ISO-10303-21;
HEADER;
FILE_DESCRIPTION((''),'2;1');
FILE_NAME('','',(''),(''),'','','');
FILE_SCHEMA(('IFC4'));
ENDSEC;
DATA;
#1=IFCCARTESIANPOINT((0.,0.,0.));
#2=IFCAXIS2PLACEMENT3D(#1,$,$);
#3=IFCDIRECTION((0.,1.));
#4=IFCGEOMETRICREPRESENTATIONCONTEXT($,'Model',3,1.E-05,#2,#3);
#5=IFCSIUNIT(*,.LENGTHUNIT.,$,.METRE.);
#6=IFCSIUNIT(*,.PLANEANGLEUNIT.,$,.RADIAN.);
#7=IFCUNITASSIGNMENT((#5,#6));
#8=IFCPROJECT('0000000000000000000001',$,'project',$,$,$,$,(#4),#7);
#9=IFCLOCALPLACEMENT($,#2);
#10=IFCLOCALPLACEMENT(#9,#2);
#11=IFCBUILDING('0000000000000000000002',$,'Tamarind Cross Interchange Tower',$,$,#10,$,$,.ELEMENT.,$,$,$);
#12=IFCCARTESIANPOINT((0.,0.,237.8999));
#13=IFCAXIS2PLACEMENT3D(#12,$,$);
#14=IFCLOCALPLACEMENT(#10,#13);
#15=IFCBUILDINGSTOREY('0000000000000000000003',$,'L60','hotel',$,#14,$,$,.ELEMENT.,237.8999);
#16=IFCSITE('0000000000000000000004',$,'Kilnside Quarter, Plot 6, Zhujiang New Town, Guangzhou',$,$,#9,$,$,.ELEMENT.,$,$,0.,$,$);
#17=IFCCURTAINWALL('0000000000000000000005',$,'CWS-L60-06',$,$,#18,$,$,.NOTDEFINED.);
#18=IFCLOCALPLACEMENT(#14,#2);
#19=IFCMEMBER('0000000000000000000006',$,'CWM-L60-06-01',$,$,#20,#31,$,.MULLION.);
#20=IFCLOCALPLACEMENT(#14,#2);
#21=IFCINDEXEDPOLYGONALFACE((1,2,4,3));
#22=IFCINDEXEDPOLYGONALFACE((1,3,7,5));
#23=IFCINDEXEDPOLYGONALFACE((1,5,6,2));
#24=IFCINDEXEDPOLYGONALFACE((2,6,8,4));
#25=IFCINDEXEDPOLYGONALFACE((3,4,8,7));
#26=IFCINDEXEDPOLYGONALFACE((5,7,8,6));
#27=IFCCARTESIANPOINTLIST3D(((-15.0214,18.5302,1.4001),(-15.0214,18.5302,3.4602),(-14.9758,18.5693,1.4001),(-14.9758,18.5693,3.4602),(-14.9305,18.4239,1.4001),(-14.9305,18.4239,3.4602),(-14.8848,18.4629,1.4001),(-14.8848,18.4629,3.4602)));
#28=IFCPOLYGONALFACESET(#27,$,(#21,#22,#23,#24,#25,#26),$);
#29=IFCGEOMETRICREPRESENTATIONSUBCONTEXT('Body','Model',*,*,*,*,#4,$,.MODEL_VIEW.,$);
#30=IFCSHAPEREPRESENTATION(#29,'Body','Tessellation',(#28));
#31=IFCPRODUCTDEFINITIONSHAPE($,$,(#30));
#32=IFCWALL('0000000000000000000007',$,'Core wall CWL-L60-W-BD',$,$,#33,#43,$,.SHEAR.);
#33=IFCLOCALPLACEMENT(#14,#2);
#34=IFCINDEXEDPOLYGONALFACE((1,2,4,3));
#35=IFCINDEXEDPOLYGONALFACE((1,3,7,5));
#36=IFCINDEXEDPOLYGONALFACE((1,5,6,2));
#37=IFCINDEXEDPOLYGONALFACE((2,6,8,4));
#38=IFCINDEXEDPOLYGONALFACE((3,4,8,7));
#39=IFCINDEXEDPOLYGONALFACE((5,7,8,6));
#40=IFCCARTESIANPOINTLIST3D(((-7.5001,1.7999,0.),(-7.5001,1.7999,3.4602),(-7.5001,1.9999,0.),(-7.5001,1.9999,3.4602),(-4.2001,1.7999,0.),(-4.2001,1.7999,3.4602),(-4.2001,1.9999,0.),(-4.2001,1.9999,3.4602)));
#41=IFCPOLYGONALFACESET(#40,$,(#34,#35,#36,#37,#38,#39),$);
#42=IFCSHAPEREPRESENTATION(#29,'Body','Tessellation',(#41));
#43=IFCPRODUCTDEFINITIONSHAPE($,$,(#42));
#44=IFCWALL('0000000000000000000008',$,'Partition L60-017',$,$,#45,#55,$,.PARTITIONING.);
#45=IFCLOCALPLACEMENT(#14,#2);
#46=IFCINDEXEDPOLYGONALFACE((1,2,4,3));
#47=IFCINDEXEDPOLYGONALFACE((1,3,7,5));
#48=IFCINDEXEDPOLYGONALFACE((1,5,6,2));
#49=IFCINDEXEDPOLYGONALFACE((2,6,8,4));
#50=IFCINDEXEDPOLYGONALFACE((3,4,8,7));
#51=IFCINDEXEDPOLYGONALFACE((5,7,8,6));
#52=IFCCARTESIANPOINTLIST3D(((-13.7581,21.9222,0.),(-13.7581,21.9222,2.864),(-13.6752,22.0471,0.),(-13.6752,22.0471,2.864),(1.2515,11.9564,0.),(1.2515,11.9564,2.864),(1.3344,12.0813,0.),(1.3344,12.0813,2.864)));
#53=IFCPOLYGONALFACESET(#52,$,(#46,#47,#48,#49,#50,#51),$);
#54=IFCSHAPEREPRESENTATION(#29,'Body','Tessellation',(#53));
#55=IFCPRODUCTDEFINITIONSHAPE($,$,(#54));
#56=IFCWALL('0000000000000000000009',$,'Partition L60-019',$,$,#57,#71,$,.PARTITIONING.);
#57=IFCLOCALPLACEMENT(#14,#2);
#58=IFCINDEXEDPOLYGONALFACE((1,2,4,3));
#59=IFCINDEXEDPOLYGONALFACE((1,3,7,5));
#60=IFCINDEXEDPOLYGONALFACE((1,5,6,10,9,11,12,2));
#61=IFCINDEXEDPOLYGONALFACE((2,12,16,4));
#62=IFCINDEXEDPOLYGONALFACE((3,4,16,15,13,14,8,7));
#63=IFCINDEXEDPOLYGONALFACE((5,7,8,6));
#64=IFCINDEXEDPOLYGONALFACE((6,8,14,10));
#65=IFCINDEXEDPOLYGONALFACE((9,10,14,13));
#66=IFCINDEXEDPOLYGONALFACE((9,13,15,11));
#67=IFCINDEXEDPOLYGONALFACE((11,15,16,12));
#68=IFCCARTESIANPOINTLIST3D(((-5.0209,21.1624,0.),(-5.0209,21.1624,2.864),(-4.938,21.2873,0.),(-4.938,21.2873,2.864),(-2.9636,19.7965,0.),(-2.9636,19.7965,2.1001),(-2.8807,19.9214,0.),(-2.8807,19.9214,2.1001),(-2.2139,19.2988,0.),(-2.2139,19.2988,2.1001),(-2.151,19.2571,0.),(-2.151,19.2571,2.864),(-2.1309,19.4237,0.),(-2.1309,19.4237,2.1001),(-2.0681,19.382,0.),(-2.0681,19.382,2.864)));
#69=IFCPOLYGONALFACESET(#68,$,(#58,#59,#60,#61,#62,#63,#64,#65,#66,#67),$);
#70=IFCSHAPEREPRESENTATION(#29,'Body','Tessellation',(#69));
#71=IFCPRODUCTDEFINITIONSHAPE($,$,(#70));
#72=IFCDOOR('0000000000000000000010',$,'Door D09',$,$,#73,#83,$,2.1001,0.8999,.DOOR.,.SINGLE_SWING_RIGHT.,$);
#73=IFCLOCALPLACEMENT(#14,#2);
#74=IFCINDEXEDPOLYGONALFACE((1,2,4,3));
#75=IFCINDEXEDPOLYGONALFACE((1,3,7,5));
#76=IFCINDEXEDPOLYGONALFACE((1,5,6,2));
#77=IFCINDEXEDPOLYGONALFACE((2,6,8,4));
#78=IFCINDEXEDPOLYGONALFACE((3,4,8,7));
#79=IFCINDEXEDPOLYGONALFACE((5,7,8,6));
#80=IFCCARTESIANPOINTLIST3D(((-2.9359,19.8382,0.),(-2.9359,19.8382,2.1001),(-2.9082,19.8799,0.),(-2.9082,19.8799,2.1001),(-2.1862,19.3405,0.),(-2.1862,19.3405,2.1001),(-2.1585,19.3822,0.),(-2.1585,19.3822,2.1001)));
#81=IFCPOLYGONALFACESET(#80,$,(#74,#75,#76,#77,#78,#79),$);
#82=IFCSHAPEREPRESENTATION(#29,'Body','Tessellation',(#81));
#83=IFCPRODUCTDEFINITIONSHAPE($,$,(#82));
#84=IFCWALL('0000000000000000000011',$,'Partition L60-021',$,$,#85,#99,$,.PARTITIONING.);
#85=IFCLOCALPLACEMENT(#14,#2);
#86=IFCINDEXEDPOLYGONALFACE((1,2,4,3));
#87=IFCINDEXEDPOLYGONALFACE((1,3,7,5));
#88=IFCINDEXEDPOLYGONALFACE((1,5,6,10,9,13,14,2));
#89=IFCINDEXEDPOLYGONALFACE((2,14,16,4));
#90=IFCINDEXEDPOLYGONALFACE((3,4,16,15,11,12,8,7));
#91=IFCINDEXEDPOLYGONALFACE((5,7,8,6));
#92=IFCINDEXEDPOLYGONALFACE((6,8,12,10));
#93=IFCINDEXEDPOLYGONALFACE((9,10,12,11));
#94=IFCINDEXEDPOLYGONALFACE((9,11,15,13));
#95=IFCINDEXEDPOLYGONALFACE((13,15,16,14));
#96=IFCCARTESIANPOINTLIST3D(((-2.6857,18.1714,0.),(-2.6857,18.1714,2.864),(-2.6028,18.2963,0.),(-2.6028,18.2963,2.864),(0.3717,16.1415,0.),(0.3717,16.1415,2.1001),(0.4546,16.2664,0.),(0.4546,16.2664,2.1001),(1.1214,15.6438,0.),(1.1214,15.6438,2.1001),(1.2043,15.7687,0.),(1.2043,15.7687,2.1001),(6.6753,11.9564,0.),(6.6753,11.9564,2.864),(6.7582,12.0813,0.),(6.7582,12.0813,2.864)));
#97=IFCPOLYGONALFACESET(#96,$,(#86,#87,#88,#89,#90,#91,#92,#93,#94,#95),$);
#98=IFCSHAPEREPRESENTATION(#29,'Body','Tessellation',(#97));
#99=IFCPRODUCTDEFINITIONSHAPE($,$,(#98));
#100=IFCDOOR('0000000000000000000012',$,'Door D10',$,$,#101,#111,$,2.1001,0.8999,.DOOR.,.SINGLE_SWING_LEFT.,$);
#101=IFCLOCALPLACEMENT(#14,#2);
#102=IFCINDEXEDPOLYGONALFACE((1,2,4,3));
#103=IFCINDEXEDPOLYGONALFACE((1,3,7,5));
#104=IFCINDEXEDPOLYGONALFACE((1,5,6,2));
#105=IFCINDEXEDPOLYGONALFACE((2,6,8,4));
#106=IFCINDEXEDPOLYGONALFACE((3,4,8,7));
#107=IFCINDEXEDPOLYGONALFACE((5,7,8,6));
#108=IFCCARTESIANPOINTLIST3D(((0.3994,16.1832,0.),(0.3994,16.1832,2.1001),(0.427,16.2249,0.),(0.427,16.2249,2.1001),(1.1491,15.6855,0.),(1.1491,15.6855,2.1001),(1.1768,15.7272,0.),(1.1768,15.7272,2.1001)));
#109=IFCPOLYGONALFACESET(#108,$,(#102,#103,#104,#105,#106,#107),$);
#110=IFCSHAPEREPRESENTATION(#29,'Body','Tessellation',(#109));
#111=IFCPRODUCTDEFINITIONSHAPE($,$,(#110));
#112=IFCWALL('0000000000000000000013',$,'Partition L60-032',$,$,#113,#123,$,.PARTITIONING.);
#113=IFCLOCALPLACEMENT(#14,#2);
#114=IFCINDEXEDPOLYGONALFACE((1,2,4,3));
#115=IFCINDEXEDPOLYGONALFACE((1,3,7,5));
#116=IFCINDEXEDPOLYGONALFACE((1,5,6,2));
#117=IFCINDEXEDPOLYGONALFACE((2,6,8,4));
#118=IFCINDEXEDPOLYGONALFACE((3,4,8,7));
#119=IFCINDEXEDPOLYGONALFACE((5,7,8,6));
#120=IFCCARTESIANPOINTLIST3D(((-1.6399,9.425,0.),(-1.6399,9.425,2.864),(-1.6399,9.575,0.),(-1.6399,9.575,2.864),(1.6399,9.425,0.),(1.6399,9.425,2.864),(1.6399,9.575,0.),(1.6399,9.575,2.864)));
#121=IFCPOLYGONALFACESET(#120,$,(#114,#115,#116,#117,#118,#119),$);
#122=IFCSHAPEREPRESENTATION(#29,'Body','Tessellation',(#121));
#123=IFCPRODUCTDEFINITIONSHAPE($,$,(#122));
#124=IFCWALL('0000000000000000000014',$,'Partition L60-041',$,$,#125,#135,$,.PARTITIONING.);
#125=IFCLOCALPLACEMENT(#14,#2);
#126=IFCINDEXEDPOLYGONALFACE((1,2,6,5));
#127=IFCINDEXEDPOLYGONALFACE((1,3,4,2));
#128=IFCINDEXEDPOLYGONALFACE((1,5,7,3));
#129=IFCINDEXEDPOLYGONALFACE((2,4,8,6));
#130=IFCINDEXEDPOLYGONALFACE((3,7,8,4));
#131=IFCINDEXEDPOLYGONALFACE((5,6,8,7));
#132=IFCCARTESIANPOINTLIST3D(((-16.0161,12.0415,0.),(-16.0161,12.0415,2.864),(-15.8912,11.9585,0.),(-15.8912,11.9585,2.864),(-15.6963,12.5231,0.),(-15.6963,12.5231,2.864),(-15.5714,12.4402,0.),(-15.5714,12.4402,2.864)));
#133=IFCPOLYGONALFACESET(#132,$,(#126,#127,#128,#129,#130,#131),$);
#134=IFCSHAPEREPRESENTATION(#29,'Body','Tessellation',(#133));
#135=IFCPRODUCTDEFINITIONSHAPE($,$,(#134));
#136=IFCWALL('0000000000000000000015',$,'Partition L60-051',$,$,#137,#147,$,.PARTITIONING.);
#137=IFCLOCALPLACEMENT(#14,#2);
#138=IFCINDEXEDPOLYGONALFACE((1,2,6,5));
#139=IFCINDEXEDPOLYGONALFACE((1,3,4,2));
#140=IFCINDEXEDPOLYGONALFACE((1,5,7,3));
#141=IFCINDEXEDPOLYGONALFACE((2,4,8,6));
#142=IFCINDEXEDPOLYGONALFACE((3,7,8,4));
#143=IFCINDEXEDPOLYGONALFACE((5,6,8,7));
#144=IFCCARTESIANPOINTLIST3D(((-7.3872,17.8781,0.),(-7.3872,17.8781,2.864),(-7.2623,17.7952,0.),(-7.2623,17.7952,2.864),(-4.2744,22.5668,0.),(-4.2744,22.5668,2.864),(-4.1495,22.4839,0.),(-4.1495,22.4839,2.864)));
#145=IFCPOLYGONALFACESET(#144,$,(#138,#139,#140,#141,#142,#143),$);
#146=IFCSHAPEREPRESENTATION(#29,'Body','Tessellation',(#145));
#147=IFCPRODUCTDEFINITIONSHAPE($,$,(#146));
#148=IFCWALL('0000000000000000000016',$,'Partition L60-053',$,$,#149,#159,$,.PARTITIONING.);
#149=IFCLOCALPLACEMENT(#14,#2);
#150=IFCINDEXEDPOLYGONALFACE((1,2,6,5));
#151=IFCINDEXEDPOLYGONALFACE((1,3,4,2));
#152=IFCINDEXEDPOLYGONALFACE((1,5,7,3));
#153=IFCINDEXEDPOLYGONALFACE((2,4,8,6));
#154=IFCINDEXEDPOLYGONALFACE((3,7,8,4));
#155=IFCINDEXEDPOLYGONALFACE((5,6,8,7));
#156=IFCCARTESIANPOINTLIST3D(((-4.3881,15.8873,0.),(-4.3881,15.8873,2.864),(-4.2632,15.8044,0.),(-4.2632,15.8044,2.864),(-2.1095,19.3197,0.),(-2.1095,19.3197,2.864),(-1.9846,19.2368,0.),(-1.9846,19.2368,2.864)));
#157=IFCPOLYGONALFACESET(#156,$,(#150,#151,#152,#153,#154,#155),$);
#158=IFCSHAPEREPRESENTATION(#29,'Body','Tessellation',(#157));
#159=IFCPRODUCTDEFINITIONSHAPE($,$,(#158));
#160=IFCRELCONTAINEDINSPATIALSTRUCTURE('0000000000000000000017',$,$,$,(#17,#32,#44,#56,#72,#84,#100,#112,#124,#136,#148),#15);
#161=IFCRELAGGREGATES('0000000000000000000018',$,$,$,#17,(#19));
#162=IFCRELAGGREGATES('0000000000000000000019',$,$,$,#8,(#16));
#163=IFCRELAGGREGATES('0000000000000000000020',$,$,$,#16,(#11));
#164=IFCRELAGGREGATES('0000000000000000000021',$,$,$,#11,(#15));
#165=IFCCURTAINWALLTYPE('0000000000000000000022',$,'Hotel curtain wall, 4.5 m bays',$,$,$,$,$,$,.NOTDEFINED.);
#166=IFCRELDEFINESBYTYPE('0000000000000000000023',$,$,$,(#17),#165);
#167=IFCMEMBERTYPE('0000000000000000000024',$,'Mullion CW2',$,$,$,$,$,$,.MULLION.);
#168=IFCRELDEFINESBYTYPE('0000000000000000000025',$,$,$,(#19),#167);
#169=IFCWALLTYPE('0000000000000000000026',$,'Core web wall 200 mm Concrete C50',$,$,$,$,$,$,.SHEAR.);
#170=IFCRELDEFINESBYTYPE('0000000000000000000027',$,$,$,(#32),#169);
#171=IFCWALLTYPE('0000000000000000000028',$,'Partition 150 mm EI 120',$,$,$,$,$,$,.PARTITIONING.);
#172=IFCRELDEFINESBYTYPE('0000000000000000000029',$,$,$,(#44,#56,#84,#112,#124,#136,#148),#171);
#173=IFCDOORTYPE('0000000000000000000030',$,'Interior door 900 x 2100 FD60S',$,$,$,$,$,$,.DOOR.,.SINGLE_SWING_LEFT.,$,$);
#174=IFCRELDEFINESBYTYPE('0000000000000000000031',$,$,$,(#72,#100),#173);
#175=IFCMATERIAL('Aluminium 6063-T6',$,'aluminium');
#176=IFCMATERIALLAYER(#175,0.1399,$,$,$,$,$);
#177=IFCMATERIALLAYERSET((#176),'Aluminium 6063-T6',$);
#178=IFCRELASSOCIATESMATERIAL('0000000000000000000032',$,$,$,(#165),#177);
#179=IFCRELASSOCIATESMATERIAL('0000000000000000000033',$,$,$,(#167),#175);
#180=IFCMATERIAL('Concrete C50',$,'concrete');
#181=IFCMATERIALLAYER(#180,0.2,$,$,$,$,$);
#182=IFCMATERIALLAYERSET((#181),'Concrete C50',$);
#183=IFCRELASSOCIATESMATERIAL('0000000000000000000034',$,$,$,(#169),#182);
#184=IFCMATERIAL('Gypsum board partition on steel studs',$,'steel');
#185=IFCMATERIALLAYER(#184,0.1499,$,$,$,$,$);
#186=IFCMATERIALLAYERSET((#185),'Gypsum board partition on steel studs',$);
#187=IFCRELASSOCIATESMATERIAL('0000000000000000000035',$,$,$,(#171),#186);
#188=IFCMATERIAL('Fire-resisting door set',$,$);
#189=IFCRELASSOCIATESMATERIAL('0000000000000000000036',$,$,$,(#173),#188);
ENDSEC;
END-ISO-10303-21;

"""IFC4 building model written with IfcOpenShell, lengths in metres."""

from ifc_helpers import new_model, si_unit, direction, frame, frame_2d, origin, origin_2d, place, context, subcontext, project, spatial, rectangle, extrude, material, layer, layer_set, material_profile, profile_set, type_object, element, fill, aggregate, save


model = new_model("IFC4")

# Units and contexts
model_context = context("Model", 3, precision=1e-05, world=origin(), true_north=direction((0.0, 1.0)))
body_context = subcontext(model_context, "Body", "Model", "MODEL_VIEW")
ifc_project = project(units=[si_unit("LENGTHUNIT", "METRE"), si_unit("PLANEANGLEUNIT", "RADIAN")], contexts=[model_context])

# Site, building, storey
site_placement = place(None, origin())
site = spatial("IfcSite", under=ifc_project, at=site_placement, Name="Kilnside Quarter, Plot 6, Zhujiang New Town, Guangzhou", CompositionType="ELEMENT", RefElevation=0.0)
building_placement = place(site_placement, origin())
building = spatial("IfcBuilding", under=site, at=building_placement, Name="Tamarind Cross Interchange Tower", CompositionType="ELEMENT")
storey_placement = place(building_placement, frame((0.0, 0.0, 237.8999)))
storey = spatial("IfcBuildingStorey", under=building, at=storey_placement, Name="L60", Description="hotel", CompositionType="ELEMENT", Elevation=237.8999)

# Shared definitions
ifc_material_1 = material(Name="Concrete C50", Category="concrete")

# Curtain wall, member
ifc_material_2 = material(Name="Aluminium 6063-T6", Category="aluminium")
ifc_layer_1 = layer(ifc_material_2, 0.1399)
ifc_layer_set_1 = layer_set([ifc_layer_1], Name="Aluminium 6063-T6")
curtain_wall_type = type_object("IfcCurtainWallType", Name="Hotel curtain wall, 4.5 m bays", PredefinedType="NOTDEFINED", material=ifc_layer_set_1)
curtain_wall_placement = place(storey_placement, origin())
curtain_wall = element("IfcCurtainWall", 1, at=curtain_wall_placement, inside=storey, type_object=curtain_wall_type, Name="CWS-L60-06", PredefinedType="NOTDEFINED")
ifc_material_profile_1 = material_profile(ifc_material_2, rectangle(XDim=0.0601, YDim=0.1399, at=origin_2d()), Name="Mullion CW2")
ifc_profile_set_1 = profile_set([ifc_material_profile_1], Name="Aluminium 6063-T6")
member_type = type_object("IfcMemberType", Name="Mullion CW2", PredefinedType="MULLION", material=ifc_profile_set_1)
member_placement = place(storey_placement, frame((-14.9531, 18.4966, 1.4001), z_axis=(0.0, 0.0, 1.0), x_axis=(-0.760068, -0.649844, 0.0)))
member = element("IfcMember", 2, at=member_placement, type_object=member_type, Name="CWM-L60-06-01", PredefinedType="MULLION", context=body_context, shape_type="SweptSolid", body=[
    extrude(rectangle(XDim=0.0601, YDim=0.1399, at=origin_2d()), origin(), (0.0, 0.0, 1.0), 2.0601),
])
aggregate(curtain_wall, [member])

# Walls
ifc_layer_2 = layer(ifc_material_1, 0.2)
ifc_layer_set_2 = layer_set([ifc_layer_2], Name="Concrete C50")
wall_type_1 = type_object("IfcWallType", Name="Core web wall 200 mm Concrete C50", PredefinedType="SHEAR", material=ifc_layer_set_2)
wall_1_placement = place(storey_placement, frame((-7.5, 1.8999, 0.0), z_axis=(0.0, 0.0, 1.0), x_axis=(1.0, 0.0, 0.0)))
element("IfcWall", 3, at=wall_1_placement, inside=storey, type_object=wall_type_1, Name="Core wall CWL-L60-W-BD", PredefinedType="SHEAR", context=body_context, shape_type="SweptSolid", body=[
    extrude(rectangle(XDim=3.3, YDim=0.2, at=frame_2d((1.6499, 0.0))), origin(), (0.0, 0.0, 1.0), 3.4602),
])
ifc_material_3 = material(Name="Gypsum board partition on steel studs", Category="steel")
ifc_layer_3 = layer(ifc_material_3, 0.1499)
ifc_layer_set_3 = layer_set([ifc_layer_3], Name="Gypsum board partition on steel studs")
wall_type_2 = type_object("IfcWallType", Name="Partition 150 mm EI 120", PredefinedType="PARTITIONING", material=ifc_layer_set_3)
wall_2_placement = place(storey_placement, frame((-13.7166, 21.9846, 0.0), z_axis=(0.0, 0.0, 1.0), x_axis=(0.833087, -0.553142, 0.0)))
element("IfcWall", 4, at=wall_2_placement, inside=storey, type_object=wall_type_2, Name="Partition L60-017", PredefinedType="PARTITIONING", context=body_context, shape_type="SweptSolid", body=[
    extrude(rectangle(XDim=18.0168, YDim=0.1499, at=frame_2d((9.0083, 0.0))), origin(), (0.0, 0.0, 1.0), 2.864),
])

# Walls, openings, doors
wall_3_placement = place(storey_placement, frame((-4.9795, 21.2249, 0.0), z_axis=(0.0, 0.0, 1.0), x_axis=(0.833117, -0.553096, 0.0)))
wall_3 = element("IfcWall", 5, at=wall_3_placement, inside=storey, type_object=wall_type_2, Name="Partition L60-019", PredefinedType="PARTITIONING", context=body_context, shape_type="SweptSolid", body=[
    extrude(rectangle(XDim=3.4448, YDim=0.1499, at=frame_2d((1.7224, 0.0))), origin(), (0.0, 0.0, 1.0), 2.864),
])
opening_1_placement = place(wall_3_placement, frame((2.4695, 0.0, 0.0)))
opening_1 = element("IfcOpeningElement", 6, at=opening_1_placement, cuts=wall_3, PredefinedType="OPENING", context=body_context, shape_type="SweptSolid", body=[
    extrude(rectangle(XDim=0.8999, YDim=2.1001, at=frame_2d((0.45, 1.05))), frame((0.0, 0.085, 0.0), z_axis=(0.0, -1.0, 0.0), x_axis=(1.0, 0.0, 0.0)), (0.0, 0.0, 1.0), 0.1699),
])
ifc_material_4 = material(Name="Fire-resisting door set")
door_type_1 = type_object("IfcDoorType", Name="Interior door 900 x 2100 FD60S", OperationType="SINGLE_SWING_LEFT", PredefinedType="DOOR", material=ifc_material_4)
door_1_placement = place(opening_1_placement, frame((0.8999, 0.0, 0.0), z_axis=(0.0, 0.0, 1.0), x_axis=(-1.0, 0.0, 0.0)))
door_1 = element("IfcDoor", 7, at=door_1_placement, inside=storey, type_object=door_type_1, Name="Door D09", OperationType="SINGLE_SWING_RIGHT", OverallHeight=2.1001, OverallWidth=0.8999, PredefinedType="DOOR", context=body_context, shape_type="SweptSolid", body=[
    extrude(rectangle(XDim=0.8999, YDim=2.1001, at=frame_2d((0.45, 1.05))), frame((0.0, 0.0249, 0.0), z_axis=(0.0, -1.0, 0.0), x_axis=(1.0, 0.0, 0.0)), (0.0, 0.0, 1.0), 0.05),
])
fill(opening_1, door_1)
wall_4_placement = place(storey_placement, frame((-2.6443, 18.2339, 0.0), z_axis=(0.0, 0.0, 1.0), x_axis=(0.833102, -0.55312, 0.0)))
wall_4 = element("IfcWall", 8, at=wall_4_placement, inside=storey, type_object=wall_type_2, Name="Partition L60-021", PredefinedType="PARTITIONING", context=body_context, shape_type="SweptSolid", body=[
    extrude(rectangle(XDim=11.2363, YDim=0.1499, at=frame_2d((5.6182, 0.0))), origin(), (0.0, 0.0, 1.0), 2.864),
])
opening_2_placement = place(wall_4_placement, frame((3.6699, 0.0, 0.0)))
opening_2 = element("IfcOpeningElement", 9, at=opening_2_placement, cuts=wall_4, PredefinedType="OPENING", context=body_context, shape_type="SweptSolid", body=[
    extrude(rectangle(XDim=0.8999, YDim=2.1001, at=frame_2d((0.45, 1.05))), frame((0.0, 0.085, 0.0), z_axis=(0.0, -1.0, 0.0), x_axis=(1.0, 0.0, 0.0)), (0.0, 0.0, 1.0), 0.1699),
])
door_2_placement = place(opening_2_placement, frame((0.8999, 0.0, 0.0), z_axis=(0.0, 0.0, 1.0), x_axis=(-1.0, 0.0, 0.0)))
door_2 = element("IfcDoor", 10, at=door_2_placement, inside=storey, type_object=door_type_1, Name="Door D10", OperationType="SINGLE_SWING_LEFT", OverallHeight=2.1001, OverallWidth=0.8999, PredefinedType="DOOR", context=body_context, shape_type="SweptSolid", body=[
    extrude(rectangle(XDim=0.8999, YDim=2.1001, at=frame_2d((0.45, 1.05))), frame((0.0, 0.0249, 0.0), z_axis=(0.0, -1.0, 0.0), x_axis=(1.0, 0.0, 0.0)), (0.0, 0.0, 1.0), 0.05),
])
fill(opening_2, door_2)

# Walls
wall_5_placement = place(storey_placement, frame((-1.6399, 9.5, 0.0), z_axis=(0.0, 0.0, 1.0), x_axis=(1.0, 0.0, 0.0)))
element("IfcWall", 11, at=wall_5_placement, inside=storey, type_object=wall_type_2, Name="Partition L60-032", PredefinedType="PARTITIONING", context=body_context, shape_type="SweptSolid", body=[
    extrude(rectangle(XDim=3.2798, YDim=0.1499, at=frame_2d((1.6399, 0.0))), origin(), (0.0, 0.0, 1.0), 2.864),
])
wall_6_placement = place(storey_placement, frame((-15.9536, 12.0, 0.0), z_axis=(0.0, 0.0, 1.0), x_axis=(0.55314, 0.833088, 0.0)))
element("IfcWall", 12, at=wall_6_placement, inside=storey, type_object=wall_type_2, Name="Partition L60-041", PredefinedType="PARTITIONING", context=body_context, shape_type="SweptSolid", body=[
    extrude(rectangle(XDim=0.5781, YDim=0.1499, at=frame_2d((0.2891, 0.0))), origin(), (0.0, 0.0, 1.0), 2.864),
])
wall_7_placement = place(storey_placement, frame((-7.3247, 17.8367, 0.0), z_axis=(0.0, 0.0, 1.0), x_axis=(0.553097, 0.833117, 0.0)))
element("IfcWall", 13, at=wall_7_placement, inside=storey, type_object=wall_type_2, Name="Partition L60-051", PredefinedType="PARTITIONING", context=body_context, shape_type="SweptSolid", body=[
    extrude(rectangle(XDim=5.6279, YDim=0.1499, at=frame_2d((2.814, 0.0))), origin(), (0.0, 0.0, 1.0), 2.864),
])
wall_8_placement = place(storey_placement, frame((-4.3257, 15.8457, 0.0), z_axis=(0.0, 0.0, 1.0), x_axis=(0.553072, 0.833134, 0.0)))
element("IfcWall", 14, at=wall_8_placement, inside=storey, type_object=wall_type_2, Name="Partition L60-053", PredefinedType="PARTITIONING", context=body_context, shape_type="SweptSolid", body=[
    extrude(rectangle(XDim=4.1199, YDim=0.1499, at=frame_2d((2.0601, 0.0))), origin(), (0.0, 0.0, 1.0), 2.864),
])

save(model, "model.ifc")
